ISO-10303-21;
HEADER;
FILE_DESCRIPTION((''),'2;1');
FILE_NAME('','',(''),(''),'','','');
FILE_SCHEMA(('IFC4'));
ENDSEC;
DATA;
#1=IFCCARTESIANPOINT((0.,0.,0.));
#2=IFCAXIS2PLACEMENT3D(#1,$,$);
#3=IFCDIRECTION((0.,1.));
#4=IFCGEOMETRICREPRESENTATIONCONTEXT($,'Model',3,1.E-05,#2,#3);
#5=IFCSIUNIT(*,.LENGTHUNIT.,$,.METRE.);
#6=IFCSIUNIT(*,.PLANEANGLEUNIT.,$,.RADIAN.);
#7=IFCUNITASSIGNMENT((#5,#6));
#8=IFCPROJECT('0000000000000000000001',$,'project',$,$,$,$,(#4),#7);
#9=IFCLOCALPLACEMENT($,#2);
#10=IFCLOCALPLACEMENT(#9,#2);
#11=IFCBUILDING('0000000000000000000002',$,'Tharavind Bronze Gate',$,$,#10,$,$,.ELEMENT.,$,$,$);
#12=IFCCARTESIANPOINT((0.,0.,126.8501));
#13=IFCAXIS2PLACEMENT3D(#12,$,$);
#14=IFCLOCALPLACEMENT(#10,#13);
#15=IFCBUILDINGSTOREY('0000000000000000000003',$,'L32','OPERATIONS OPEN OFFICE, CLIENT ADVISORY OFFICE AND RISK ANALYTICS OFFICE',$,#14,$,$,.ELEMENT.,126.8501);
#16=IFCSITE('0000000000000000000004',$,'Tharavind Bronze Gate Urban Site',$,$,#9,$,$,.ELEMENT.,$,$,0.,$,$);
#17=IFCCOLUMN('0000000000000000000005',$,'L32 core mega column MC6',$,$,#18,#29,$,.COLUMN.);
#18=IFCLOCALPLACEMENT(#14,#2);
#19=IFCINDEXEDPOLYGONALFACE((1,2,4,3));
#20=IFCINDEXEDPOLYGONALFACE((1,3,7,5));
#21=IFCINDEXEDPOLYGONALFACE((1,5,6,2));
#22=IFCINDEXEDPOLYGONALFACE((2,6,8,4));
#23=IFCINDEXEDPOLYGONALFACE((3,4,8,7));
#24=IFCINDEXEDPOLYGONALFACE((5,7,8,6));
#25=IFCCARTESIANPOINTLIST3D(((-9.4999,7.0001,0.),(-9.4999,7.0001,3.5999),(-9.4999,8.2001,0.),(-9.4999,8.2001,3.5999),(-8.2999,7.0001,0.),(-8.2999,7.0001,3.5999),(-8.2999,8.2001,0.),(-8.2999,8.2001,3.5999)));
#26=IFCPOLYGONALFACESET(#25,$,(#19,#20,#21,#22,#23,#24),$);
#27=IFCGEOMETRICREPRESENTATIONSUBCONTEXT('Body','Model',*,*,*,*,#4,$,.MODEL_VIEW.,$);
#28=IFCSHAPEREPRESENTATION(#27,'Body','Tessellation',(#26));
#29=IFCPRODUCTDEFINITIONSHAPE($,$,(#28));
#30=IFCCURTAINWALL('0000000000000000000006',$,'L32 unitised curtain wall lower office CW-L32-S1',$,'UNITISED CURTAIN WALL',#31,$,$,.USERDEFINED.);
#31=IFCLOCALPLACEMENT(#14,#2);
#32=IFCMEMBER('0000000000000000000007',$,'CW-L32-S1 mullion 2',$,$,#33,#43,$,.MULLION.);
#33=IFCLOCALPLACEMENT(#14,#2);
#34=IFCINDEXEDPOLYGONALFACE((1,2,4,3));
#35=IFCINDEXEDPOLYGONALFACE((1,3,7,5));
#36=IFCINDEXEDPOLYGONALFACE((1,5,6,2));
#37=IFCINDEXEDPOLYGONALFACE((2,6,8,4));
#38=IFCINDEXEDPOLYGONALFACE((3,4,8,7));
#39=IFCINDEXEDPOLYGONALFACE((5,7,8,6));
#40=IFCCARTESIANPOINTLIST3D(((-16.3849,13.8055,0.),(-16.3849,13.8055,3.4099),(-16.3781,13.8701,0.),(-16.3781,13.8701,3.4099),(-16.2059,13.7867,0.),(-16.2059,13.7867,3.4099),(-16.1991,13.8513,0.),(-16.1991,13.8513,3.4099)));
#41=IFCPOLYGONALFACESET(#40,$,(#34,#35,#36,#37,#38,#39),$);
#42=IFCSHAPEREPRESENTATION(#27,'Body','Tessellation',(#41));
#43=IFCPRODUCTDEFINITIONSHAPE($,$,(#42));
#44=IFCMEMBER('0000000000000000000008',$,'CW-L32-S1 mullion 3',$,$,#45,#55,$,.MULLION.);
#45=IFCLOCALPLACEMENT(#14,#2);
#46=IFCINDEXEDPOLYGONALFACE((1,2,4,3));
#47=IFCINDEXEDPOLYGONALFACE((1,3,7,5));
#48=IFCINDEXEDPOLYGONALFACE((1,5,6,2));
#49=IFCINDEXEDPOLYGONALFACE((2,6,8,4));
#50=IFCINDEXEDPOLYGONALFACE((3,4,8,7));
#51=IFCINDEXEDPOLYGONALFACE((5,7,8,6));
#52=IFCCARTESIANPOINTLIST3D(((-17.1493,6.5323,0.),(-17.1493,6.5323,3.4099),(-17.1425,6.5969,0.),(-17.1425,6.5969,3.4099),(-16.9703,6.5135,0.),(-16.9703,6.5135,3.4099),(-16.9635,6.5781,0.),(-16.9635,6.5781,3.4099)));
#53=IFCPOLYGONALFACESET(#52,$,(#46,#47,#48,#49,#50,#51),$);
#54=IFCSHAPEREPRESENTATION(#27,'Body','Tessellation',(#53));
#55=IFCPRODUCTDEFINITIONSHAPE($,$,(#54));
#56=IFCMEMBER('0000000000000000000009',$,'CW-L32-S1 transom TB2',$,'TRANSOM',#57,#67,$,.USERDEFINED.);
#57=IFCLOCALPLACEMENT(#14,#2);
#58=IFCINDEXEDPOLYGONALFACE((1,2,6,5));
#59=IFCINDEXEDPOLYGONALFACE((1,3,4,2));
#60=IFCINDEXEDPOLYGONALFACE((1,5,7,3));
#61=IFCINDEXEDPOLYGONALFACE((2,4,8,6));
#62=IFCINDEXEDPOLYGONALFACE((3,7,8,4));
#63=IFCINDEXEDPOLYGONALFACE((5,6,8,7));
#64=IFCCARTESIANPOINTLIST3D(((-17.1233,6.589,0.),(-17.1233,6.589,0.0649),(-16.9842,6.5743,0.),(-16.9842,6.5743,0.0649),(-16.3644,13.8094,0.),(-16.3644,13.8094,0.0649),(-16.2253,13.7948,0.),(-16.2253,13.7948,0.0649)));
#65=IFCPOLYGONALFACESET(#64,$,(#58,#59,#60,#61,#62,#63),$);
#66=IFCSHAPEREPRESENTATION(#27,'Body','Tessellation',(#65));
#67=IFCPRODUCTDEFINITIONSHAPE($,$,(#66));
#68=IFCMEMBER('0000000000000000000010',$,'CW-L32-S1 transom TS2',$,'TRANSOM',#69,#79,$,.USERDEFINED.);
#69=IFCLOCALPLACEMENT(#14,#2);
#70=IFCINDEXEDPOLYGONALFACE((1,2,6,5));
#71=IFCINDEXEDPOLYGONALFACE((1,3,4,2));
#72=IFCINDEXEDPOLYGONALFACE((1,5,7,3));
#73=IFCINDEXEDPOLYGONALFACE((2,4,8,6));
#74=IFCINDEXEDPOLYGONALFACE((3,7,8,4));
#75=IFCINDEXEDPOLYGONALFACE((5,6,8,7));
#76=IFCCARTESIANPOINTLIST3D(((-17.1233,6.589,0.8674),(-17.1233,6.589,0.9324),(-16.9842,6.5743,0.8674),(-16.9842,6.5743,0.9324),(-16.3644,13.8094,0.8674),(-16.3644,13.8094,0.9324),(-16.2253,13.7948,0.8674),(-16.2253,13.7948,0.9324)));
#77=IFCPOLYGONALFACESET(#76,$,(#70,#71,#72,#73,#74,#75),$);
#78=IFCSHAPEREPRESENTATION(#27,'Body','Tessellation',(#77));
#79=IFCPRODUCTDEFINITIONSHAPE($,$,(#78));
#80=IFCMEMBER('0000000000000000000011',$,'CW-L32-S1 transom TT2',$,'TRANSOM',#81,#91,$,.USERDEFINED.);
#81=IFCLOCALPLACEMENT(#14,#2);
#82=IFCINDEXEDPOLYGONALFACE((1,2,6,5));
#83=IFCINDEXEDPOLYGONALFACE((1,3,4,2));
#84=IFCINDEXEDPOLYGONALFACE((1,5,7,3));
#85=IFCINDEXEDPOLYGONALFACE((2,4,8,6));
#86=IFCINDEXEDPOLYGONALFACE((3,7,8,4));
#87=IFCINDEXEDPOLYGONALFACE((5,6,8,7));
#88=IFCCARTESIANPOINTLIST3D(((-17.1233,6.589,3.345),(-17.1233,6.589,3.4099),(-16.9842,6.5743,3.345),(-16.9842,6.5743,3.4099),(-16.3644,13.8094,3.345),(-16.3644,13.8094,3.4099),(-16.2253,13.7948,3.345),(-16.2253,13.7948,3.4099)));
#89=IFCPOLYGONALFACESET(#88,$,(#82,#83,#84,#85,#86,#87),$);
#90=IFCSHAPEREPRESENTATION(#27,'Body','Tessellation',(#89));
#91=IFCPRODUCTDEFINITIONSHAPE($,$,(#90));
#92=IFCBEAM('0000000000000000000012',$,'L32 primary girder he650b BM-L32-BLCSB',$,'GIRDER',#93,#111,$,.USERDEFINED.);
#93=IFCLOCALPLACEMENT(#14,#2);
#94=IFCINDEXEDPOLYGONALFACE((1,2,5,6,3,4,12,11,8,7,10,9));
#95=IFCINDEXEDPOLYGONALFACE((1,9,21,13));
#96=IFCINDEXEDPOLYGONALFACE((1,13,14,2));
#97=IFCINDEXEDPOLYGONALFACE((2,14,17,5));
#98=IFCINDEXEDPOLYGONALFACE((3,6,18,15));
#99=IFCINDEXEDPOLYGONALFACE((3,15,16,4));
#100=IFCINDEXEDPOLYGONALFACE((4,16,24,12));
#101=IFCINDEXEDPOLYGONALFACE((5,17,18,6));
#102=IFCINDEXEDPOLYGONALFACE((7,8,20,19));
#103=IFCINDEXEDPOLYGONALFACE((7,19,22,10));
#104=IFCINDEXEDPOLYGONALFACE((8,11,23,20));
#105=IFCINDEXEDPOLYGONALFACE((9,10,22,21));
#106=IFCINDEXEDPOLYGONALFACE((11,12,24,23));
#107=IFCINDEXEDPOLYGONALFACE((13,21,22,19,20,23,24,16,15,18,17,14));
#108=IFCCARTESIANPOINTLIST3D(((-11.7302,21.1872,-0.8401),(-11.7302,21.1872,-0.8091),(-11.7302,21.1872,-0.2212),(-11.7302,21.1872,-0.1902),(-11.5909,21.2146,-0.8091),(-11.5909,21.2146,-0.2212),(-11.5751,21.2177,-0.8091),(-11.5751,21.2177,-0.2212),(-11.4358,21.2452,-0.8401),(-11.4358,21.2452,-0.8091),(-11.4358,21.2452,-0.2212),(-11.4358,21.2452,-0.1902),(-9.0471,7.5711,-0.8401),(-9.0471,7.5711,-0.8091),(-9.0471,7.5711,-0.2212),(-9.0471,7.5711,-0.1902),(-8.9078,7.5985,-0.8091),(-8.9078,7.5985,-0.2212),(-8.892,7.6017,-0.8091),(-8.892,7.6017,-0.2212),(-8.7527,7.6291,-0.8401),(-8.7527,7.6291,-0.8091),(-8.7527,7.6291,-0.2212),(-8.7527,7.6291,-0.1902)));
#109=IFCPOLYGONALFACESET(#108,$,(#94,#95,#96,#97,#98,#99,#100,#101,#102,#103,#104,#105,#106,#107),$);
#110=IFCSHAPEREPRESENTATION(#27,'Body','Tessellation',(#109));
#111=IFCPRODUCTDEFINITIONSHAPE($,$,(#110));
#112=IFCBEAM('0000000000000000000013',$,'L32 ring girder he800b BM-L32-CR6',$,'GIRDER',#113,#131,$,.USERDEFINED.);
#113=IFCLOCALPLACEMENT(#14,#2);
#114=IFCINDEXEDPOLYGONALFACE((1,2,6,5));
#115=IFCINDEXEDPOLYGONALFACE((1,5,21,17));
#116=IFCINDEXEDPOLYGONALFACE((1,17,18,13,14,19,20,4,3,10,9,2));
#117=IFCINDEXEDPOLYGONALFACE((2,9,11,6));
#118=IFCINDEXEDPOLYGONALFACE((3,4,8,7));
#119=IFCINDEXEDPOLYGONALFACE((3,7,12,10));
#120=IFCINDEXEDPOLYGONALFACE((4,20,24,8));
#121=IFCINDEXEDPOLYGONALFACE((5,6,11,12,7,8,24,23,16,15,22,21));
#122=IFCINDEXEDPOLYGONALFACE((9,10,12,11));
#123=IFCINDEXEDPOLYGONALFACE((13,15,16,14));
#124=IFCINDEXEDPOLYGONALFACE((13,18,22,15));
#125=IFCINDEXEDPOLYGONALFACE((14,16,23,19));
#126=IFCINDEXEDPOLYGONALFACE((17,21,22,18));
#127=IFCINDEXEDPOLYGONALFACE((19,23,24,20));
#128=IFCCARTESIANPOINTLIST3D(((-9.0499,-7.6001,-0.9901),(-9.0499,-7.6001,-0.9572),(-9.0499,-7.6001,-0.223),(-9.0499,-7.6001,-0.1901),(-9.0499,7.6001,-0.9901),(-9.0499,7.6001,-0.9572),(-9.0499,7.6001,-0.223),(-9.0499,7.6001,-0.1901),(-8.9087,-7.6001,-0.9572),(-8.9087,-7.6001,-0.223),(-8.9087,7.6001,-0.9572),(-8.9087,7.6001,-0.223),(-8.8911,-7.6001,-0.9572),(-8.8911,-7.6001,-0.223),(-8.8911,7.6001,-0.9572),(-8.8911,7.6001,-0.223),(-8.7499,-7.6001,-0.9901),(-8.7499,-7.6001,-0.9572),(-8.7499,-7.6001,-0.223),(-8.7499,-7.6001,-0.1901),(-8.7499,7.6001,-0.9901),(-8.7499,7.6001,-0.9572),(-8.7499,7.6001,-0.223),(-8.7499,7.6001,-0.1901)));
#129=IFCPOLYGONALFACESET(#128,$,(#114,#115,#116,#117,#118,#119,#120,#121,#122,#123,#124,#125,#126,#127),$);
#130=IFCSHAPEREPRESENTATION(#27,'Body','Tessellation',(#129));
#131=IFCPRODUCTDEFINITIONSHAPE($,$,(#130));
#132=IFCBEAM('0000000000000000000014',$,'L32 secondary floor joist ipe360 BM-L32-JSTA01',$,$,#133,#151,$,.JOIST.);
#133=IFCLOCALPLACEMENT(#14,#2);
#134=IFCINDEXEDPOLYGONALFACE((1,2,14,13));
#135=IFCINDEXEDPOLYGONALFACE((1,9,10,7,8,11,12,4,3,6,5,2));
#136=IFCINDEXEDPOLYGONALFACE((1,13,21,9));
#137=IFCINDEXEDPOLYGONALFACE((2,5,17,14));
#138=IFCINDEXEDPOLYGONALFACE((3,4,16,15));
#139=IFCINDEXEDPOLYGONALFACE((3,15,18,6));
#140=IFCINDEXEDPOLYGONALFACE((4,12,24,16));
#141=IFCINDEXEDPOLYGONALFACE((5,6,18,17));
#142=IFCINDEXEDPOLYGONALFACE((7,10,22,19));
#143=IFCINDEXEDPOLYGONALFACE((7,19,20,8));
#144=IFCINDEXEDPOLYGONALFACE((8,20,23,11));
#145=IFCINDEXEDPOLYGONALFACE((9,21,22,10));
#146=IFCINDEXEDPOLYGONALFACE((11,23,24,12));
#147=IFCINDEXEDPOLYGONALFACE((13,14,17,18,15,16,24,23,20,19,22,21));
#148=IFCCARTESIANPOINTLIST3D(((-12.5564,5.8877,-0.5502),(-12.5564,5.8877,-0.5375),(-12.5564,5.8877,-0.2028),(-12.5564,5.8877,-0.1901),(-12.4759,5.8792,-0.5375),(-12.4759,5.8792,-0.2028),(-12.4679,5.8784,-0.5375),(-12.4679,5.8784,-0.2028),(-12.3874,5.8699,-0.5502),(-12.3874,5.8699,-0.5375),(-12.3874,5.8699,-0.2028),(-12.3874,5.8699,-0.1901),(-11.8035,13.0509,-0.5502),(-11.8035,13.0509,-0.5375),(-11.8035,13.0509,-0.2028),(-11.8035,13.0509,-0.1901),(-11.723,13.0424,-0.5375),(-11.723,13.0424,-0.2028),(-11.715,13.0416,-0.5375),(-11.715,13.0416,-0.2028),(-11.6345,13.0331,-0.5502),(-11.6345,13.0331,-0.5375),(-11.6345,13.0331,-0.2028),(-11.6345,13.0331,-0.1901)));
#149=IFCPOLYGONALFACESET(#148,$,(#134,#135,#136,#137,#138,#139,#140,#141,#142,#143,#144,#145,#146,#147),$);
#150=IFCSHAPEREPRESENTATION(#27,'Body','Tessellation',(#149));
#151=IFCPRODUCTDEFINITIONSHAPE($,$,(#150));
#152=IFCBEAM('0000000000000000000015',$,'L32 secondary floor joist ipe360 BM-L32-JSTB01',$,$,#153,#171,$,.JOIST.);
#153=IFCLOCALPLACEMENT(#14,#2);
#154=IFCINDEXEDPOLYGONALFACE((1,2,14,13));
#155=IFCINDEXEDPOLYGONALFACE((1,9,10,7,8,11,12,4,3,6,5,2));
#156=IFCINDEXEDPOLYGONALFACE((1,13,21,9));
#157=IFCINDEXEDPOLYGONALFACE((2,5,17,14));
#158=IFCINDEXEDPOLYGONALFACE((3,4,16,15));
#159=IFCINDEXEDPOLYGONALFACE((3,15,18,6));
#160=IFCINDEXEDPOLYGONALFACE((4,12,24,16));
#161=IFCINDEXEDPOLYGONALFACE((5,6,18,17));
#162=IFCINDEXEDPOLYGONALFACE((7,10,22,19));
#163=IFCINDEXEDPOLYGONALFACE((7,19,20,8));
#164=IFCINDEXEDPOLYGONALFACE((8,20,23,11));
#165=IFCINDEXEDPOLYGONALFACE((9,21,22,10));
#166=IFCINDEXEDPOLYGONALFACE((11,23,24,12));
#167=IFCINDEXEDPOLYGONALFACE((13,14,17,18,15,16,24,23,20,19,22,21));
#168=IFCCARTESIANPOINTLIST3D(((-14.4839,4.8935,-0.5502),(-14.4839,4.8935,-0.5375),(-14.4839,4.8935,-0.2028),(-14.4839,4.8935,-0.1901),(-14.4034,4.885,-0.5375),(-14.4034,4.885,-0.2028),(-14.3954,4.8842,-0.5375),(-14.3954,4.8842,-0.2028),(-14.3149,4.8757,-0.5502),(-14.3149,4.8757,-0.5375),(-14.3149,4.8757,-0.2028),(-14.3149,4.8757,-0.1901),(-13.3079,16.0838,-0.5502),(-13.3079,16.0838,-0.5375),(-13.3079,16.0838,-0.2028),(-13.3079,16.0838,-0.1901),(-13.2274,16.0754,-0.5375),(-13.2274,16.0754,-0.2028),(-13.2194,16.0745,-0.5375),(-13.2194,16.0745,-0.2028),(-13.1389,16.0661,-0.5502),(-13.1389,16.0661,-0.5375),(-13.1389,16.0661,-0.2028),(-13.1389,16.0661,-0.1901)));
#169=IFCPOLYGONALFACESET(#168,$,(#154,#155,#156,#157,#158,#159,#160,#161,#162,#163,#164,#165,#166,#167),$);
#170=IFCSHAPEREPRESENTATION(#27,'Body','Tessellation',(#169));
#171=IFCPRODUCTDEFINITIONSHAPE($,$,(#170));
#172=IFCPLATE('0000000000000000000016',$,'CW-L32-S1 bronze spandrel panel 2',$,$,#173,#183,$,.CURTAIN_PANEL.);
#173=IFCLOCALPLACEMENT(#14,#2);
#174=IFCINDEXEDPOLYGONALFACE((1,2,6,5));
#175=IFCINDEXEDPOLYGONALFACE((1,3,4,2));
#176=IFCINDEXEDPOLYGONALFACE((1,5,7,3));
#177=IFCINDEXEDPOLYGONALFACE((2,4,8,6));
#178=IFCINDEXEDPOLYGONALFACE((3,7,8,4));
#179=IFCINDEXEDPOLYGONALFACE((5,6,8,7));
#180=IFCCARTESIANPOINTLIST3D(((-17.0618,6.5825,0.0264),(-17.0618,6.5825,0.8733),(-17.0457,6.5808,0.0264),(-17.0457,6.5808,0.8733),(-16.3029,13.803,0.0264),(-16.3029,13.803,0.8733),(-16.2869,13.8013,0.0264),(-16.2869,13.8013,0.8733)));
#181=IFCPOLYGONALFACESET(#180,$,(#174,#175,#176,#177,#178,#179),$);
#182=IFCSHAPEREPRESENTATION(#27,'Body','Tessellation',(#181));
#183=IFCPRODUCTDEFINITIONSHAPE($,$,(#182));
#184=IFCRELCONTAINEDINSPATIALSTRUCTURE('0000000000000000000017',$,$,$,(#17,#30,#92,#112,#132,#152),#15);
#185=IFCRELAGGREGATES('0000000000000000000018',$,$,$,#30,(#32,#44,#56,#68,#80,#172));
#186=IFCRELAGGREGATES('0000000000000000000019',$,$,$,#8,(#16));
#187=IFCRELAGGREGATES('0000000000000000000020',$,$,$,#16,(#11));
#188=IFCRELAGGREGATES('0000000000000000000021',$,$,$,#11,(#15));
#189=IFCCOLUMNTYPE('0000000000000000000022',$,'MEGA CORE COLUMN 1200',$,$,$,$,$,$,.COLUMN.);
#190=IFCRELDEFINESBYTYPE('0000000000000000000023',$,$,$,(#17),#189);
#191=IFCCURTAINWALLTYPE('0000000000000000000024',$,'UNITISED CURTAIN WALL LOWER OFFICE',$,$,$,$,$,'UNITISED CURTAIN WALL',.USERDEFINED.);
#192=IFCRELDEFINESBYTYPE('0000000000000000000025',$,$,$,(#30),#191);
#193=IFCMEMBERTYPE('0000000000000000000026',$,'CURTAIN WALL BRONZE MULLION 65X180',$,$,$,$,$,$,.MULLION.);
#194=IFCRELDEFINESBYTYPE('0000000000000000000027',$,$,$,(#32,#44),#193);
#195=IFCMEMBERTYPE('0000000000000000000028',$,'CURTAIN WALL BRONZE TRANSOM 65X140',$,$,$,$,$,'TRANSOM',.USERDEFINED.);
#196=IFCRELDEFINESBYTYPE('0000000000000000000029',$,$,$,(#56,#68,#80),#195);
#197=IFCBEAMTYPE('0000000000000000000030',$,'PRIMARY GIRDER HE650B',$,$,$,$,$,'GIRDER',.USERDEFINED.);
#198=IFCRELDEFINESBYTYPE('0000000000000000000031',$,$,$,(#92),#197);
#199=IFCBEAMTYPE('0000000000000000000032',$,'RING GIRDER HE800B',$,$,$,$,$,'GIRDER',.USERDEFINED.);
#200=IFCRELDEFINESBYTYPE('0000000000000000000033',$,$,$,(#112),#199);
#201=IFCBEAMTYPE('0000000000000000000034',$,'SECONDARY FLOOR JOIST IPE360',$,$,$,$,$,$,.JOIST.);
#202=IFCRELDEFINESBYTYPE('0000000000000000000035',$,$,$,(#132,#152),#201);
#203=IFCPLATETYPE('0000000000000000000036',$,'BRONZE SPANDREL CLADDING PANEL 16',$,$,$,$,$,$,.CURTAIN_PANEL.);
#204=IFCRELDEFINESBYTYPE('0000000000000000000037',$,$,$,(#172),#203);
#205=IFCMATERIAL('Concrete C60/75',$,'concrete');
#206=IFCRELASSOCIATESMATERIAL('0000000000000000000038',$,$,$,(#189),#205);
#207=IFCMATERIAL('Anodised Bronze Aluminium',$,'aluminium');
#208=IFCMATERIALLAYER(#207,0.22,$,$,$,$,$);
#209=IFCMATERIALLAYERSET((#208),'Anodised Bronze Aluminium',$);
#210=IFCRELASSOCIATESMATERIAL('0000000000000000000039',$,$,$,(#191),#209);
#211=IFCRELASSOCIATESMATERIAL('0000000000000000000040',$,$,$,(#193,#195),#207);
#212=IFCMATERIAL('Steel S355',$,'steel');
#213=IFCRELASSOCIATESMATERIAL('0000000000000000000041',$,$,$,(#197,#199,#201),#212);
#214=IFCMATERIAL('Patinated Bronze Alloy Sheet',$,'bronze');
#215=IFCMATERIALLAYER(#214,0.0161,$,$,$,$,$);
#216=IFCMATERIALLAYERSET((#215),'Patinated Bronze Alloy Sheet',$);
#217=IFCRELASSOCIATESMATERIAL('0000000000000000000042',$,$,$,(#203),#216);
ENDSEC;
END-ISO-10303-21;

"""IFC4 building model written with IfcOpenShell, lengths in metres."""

from ifc_helpers import new_model, si_unit, direction, frame, origin, origin_2d, place, context, subcontext, project, spatial, rectangle, i_section, extrude, material, layer, layer_set, material_profile, profile_set, type_object, element, aggregate, save


model = new_model("IFC4")

# Units and contexts
model_context = context("Model", 3, precision=1e-05, world=origin(), true_north=direction((0.0, 1.0)))
body_context = subcontext(model_context, "Body", "Model", "MODEL_VIEW")
ifc_project = project(units=[si_unit("LENGTHUNIT", "METRE"), si_unit("PLANEANGLEUNIT", "RADIAN")], contexts=[model_context])

# Site, building, storey
site_placement = place(None, origin())
site = spatial("IfcSite", under=ifc_project, at=site_placement, Name="Tharavind Bronze Gate Urban Site", CompositionType="ELEMENT", RefElevation=0.0)
building_placement = place(site_placement, origin())
building = spatial("IfcBuilding", under=site, at=building_placement, Name="Tharavind Bronze Gate", CompositionType="ELEMENT")
storey_placement = place(building_placement, frame((0.0, 0.0, 126.8501)))
storey = spatial("IfcBuildingStorey", under=building, at=storey_placement, Name="L32", Description="OPERATIONS OPEN OFFICE, CLIENT ADVISORY OFFICE AND RISK ANALYTICS OFFICE", CompositionType="ELEMENT", Elevation=126.8501)

# Column
ifc_material_1 = material(Name="Concrete C60/75", Category="concrete")
ifc_material_profile_1 = material_profile(ifc_material_1, rectangle(XDim=1.2, YDim=1.2, at=origin_2d()), Name="RCCOL1200")
ifc_profile_set_1 = profile_set([ifc_material_profile_1], Name="Concrete C60/75")
column_type = type_object("IfcColumnType", Name="MEGA CORE COLUMN 1200", PredefinedType="COLUMN", material=ifc_profile_set_1)
column_placement = place(storey_placement, frame((-8.8999, 7.6001, 0.0), z_axis=(0.0, 0.0, 1.0), x_axis=(1.0, 0.0, 0.0)))
element("IfcColumn", 1, at=column_placement, inside=storey, type_object=column_type, Name="L32 core mega column MC6", PredefinedType="COLUMN", context=body_context, shape_type="SweptSolid", body=[
    extrude(rectangle(XDim=1.2, YDim=1.2, at=origin_2d()), origin(), (0.0, 0.0, 1.0), 3.5999),
])

# Curtain wall, members
ifc_material_2 = material(Name="Anodised Bronze Aluminium", Category="aluminium")
ifc_layer_1 = layer(ifc_material_2, 0.22)
ifc_layer_set_1 = layer_set([ifc_layer_1], Name="Anodised Bronze Aluminium")
curtain_wall_type = type_object("IfcCurtainWallType", Name="UNITISED CURTAIN WALL LOWER OFFICE", ElementType="UNITISED CURTAIN WALL", PredefinedType="USERDEFINED", material=ifc_layer_set_1)
curtain_wall_placement = place(storey_placement, origin())
curtain_wall = element("IfcCurtainWall", 2, at=curtain_wall_placement, inside=storey, type_object=curtain_wall_type, Name="L32 unitised curtain wall lower office CW-L32-S1", ObjectType="UNITISED CURTAIN WALL", PredefinedType="USERDEFINED")
member_type_1 = type_object("IfcMemberType", Name="CURTAIN WALL BRONZE MULLION 65X180", PredefinedType="MULLION", material=ifc_material_2)
member_1_placement = place(storey_placement, frame((-16.292, 13.8284, 0.0), z_axis=(0.0, 0.0, 1.0), x_axis=(-0.104527, -0.994522, 0.0)))
member_1 = element("IfcMember", 3, at=member_1_placement, type_object=member_type_1, Name="CW-L32-S1 mullion 2", PredefinedType="MULLION", context=body_context, shape_type="SweptSolid", body=[
    extrude(rectangle(XDim=0.0649, YDim=0.1799, at=origin_2d()), origin(), (0.0, 0.0, 1.0), 3.4099),
])
member_2_placement = place(storey_placement, frame((-17.0564, 6.5552, 0.0), z_axis=(0.0, 0.0, 1.0), x_axis=(-0.104527, -0.994522, 0.0)))
member_2 = element("IfcMember", 4, at=member_2_placement, type_object=member_type_1, Name="CW-L32-S1 mullion 3", PredefinedType="MULLION", context=body_context, shape_type="SweptSolid", body=[
    extrude(rectangle(XDim=0.0649, YDim=0.1799, at=origin_2d()), origin(), (0.0, 0.0, 1.0), 3.4099),
])
member_type_2 = type_object("IfcMemberType", Name="CURTAIN WALL BRONZE TRANSOM 65X140", ElementType="TRANSOM", PredefinedType="USERDEFINED", material=ifc_material_2)
member_3_placement = place(storey_placement, frame((-16.6743, 10.1919, 0.0), z_axis=(0.0, 0.0, 1.0), x_axis=(-0.104527, -0.994522, 0.0)))
member_3 = element("IfcMember", 5, at=member_3_placement, type_object=member_type_2, Name="CW-L32-S1 transom TB2", ObjectType="TRANSOM", PredefinedType="USERDEFINED", context=body_context, shape_type="SweptSolid", body=[
    extrude(rectangle(XDim=7.2603, YDim=0.1399, at=origin_2d()), origin(), (0.0, 0.0, 1.0), 0.0649),
])
member_4_placement = place(storey_placement, frame((-16.6743, 10.1919, 0.8674), z_axis=(0.0, 0.0, 1.0), x_axis=(-0.104527, -0.994522, 0.0)))
member_4 = element("IfcMember", 6, at=member_4_placement, type_object=member_type_2, Name="CW-L32-S1 transom TS2", ObjectType="TRANSOM", PredefinedType="USERDEFINED", context=body_context, shape_type="SweptSolid", body=[
    extrude(rectangle(XDim=7.2603, YDim=0.1399, at=origin_2d()), origin(), (0.0, 0.0, 1.0), 0.0649),
])
member_5_placement = place(storey_placement, frame((-16.6743, 10.1919, 3.345), z_axis=(0.0, 0.0, 1.0), x_axis=(-0.104527, -0.994522, 0.0)))
member_5 = element("IfcMember", 7, at=member_5_placement, type_object=member_type_2, Name="CW-L32-S1 transom TT2", ObjectType="TRANSOM", PredefinedType="USERDEFINED", context=body_context, shape_type="SweptSolid", body=[
    extrude(rectangle(XDim=7.2603, YDim=0.1399, at=origin_2d()), origin(), (0.0, 0.0, 1.0), 0.0649),
])

# Beams
ifc_material_3 = material(Name="Steel S355", Category="steel")
ifc_material_profile_2 = material_profile(ifc_material_3, i_section(OverallWidth=0.3, OverallDepth=0.6499, WebThickness=0.0161, FlangeThickness=0.031, at=origin_2d()), Name="HE650B")
ifc_profile_set_2 = profile_set([ifc_material_profile_2], Name="Steel S355")
beam_type_1 = type_object("IfcBeamType", Name="PRIMARY GIRDER HE650B", ElementType="GIRDER", PredefinedType="USERDEFINED", material=ifc_profile_set_2)
beam_1_placement = place(storey_placement, frame((-8.8999, 7.6001, -0.5151), z_axis=(-0.193338, 0.981132, 0.0), x_axis=(-0.981132, -0.193338, 0.0)))
element("IfcBeam", 8, at=beam_1_placement, inside=storey, type_object=beam_type_1, Name="L32 primary girder he650b BM-L32-BLCSB", ObjectType="GIRDER", PredefinedType="USERDEFINED", context=body_context, shape_type="SweptSolid", body=[
    extrude(i_section(OverallWidth=0.3, OverallDepth=0.6499, WebThickness=0.0161, FlangeThickness=0.031, at=origin_2d()), origin(), (0.0, 0.0, 1.0), 13.8779),
])
ifc_material_profile_3 = material_profile(ifc_material_3, i_section(OverallWidth=0.3, OverallDepth=0.8, WebThickness=0.0176, FlangeThickness=0.033, at=origin_2d()), Name="HE800B")
ifc_profile_set_3 = profile_set([ifc_material_profile_3], Name="Steel S355")
beam_type_2 = type_object("IfcBeamType", Name="RING GIRDER HE800B", ElementType="GIRDER", PredefinedType="USERDEFINED", material=ifc_profile_set_3)
beam_2_placement = place(storey_placement, frame((-8.8999, 7.6001, -0.5901), z_axis=(0.0, -1.0, 0.0), x_axis=(1.0, 0.0, 0.0)))
element("IfcBeam", 9, at=beam_2_placement, inside=storey, type_object=beam_type_2, Name="L32 ring girder he800b BM-L32-CR6", ObjectType="GIRDER", PredefinedType="USERDEFINED", context=body_context, shape_type="SweptSolid", body=[
    extrude(i_section(OverallWidth=0.3, OverallDepth=0.8, WebThickness=0.0176, FlangeThickness=0.033, at=origin_2d()), origin(), (0.0, 0.0, 1.0), 15.2002),
])
ifc_material_profile_4 = material_profile(ifc_material_3, i_section(OverallWidth=0.1699, OverallDepth=0.3601, WebThickness=0.0081, FlangeThickness=0.0127, at=origin_2d()), Name="IPE360")
ifc_profile_set_4 = profile_set([ifc_material_profile_4], Name="Steel S355")
beam_type_3 = type_object("IfcBeamType", Name="SECONDARY FLOOR JOIST IPE360", PredefinedType="JOIST", material=ifc_profile_set_4)
beam_3_placement = place(storey_placement, frame((-11.719, 13.042, -0.3701), z_axis=(-0.104537, -0.994521, 0.0), x_axis=(0.994521, -0.104537, 0.0)))
element("IfcBeam", 10, at=beam_3_placement, inside=storey, type_object=beam_type_3, Name="L32 secondary floor joist ipe360 BM-L32-JSTA01", PredefinedType="JOIST", context=body_context, shape_type="SweptSolid", body=[
    extrude(i_section(OverallWidth=0.1699, OverallDepth=0.3601, WebThickness=0.0081, FlangeThickness=0.0127, at=origin_2d()), origin(), (0.0, 0.0, 1.0), 7.2026),
])
beam_4_placement = place(storey_placement, frame((-13.2234, 16.075, -0.3701), z_axis=(-0.104516, -0.994523, 0.0), x_axis=(0.994523, -0.104516, 0.0)))
element("IfcBeam", 11, at=beam_4_placement, inside=storey, type_object=beam_type_3, Name="L32 secondary floor joist ipe360 BM-L32-JSTB01", PredefinedType="JOIST", context=body_context, shape_type="SweptSolid", body=[
    extrude(i_section(OverallWidth=0.1699, OverallDepth=0.3601, WebThickness=0.0081, FlangeThickness=0.0127, at=origin_2d()), origin(), (0.0, 0.0, 1.0), 11.252),
])

# Plate
ifc_material_4 = material(Name="Patinated Bronze Alloy Sheet", Category="bronze")
ifc_layer_2 = layer(ifc_material_4, 0.0161)
ifc_layer_set_2 = layer_set([ifc_layer_2], Name="Patinated Bronze Alloy Sheet")
plate_type_1 = type_object("IfcPlateType", Name="BRONZE SPANDREL CLADDING PANEL 16", PredefinedType="CURTAIN_PANEL", material=ifc_layer_set_2)
plate_1_placement = place(storey_placement, frame((-16.6743, 10.1919, 0.0264), z_axis=(0.0, 0.0, 1.0), x_axis=(-0.104527, -0.994522, 0.0)))
plate_1 = element("IfcPlate", 12, at=plate_1_placement, type_object=plate_type_1, Name="CW-L32-S1 bronze spandrel panel 2", PredefinedType="CURTAIN_PANEL", context=body_context, shape_type="SweptSolid", body=[
    extrude(rectangle(XDim=7.2603, YDim=0.0161, at=origin_2d()), origin(), (0.0, 0.0, 1.0), 0.8469),
])
aggregate(curtain_wall, [member_1, member_2, member_3, member_4, member_5, plate_1])

save(model, "model.ifc")
